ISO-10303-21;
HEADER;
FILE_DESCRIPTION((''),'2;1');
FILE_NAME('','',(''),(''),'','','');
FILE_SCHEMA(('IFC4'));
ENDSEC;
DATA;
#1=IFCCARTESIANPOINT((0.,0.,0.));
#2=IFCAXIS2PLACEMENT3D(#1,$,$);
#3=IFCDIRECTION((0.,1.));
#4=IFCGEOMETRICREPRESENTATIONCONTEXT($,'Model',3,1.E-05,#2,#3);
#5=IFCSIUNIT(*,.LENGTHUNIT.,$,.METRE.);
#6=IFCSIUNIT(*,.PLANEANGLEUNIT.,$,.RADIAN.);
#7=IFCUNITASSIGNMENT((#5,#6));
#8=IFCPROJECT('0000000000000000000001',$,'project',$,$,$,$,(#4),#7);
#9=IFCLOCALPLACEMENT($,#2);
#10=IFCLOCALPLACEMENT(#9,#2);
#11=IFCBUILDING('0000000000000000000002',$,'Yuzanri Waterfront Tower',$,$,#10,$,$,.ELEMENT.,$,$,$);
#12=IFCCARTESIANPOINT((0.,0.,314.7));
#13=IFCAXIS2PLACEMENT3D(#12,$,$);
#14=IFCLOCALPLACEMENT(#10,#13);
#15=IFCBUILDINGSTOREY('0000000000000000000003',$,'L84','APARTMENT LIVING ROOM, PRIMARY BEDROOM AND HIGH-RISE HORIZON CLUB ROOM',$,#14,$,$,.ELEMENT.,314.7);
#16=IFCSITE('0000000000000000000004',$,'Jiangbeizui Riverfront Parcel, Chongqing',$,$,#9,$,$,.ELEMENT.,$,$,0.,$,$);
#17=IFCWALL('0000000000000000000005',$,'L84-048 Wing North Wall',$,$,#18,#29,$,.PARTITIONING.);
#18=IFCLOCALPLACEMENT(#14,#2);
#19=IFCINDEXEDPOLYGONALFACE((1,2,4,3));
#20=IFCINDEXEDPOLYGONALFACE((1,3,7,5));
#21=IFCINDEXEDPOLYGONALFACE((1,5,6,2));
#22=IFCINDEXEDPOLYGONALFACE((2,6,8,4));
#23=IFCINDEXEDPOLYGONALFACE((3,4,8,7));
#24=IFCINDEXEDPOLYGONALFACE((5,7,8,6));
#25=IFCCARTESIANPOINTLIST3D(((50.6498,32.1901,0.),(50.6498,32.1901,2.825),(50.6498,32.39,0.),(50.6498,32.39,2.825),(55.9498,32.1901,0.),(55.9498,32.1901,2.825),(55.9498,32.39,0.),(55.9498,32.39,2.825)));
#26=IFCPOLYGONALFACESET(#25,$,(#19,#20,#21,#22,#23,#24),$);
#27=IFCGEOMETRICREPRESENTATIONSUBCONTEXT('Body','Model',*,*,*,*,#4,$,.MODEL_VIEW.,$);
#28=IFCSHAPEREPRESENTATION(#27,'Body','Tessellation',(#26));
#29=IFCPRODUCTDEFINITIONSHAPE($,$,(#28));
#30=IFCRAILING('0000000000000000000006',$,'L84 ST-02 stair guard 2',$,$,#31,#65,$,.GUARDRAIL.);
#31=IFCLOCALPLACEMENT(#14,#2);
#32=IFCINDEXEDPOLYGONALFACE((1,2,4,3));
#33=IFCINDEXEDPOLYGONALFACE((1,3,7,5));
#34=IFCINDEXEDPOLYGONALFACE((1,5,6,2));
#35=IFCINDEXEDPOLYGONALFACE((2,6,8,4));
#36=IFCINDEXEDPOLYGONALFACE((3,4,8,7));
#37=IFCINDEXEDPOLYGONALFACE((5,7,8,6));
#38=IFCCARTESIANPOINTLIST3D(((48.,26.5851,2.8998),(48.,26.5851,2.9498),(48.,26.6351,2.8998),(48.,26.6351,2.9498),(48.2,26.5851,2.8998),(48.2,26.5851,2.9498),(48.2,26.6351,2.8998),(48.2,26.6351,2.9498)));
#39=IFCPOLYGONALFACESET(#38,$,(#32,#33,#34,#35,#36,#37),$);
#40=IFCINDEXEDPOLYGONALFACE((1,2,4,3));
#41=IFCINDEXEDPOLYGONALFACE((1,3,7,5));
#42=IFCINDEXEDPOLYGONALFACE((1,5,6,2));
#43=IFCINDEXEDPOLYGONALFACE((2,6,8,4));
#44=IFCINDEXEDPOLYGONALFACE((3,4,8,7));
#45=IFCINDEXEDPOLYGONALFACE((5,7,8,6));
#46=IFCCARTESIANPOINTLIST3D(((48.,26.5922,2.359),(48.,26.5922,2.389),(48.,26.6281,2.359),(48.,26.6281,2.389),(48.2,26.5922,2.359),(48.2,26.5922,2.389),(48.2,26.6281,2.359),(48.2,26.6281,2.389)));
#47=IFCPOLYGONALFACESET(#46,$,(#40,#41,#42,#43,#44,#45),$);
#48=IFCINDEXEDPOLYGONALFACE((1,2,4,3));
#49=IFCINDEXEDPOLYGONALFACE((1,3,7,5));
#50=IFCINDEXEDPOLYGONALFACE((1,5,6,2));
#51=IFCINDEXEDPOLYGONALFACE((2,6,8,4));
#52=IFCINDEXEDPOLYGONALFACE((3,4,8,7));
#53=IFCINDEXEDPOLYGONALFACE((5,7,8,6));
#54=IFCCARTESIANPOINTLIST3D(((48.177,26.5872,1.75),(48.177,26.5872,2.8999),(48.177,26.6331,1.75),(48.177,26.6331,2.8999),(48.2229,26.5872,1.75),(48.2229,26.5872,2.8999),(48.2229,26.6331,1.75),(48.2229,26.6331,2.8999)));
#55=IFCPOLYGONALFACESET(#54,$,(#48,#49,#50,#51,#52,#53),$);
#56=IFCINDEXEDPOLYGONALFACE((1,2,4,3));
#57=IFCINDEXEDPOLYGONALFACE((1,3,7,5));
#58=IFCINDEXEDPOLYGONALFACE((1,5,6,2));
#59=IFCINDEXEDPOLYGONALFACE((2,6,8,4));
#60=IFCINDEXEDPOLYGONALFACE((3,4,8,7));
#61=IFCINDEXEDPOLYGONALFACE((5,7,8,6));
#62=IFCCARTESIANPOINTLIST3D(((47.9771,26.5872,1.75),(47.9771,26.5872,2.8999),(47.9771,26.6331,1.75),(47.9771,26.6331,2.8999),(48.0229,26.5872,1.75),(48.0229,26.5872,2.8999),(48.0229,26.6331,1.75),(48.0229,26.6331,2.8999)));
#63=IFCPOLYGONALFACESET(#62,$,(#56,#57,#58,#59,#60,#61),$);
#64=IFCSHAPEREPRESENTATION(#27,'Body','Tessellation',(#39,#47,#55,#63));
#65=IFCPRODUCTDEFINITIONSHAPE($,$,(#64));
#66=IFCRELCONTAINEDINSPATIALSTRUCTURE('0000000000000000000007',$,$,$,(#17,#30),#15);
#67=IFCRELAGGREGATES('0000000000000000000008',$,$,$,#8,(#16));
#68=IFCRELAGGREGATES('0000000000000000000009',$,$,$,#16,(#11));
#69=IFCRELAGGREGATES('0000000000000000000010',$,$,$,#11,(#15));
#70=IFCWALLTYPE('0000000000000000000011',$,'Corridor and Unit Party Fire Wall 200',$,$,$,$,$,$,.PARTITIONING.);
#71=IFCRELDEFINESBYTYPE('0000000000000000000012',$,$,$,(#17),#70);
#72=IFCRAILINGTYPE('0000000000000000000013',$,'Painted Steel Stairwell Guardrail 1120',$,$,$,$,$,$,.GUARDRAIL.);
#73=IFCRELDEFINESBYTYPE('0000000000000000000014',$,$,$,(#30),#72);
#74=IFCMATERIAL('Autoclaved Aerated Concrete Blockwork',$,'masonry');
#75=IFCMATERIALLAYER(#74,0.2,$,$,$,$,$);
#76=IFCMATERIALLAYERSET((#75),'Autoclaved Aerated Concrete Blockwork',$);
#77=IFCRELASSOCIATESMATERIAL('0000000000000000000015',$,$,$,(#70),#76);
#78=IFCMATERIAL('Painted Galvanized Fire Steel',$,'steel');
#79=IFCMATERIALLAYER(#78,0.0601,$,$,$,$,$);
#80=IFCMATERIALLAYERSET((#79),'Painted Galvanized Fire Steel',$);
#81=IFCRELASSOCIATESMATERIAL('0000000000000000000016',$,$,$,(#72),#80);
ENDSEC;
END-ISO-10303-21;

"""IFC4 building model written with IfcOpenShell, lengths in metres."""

from ifc_helpers import new_model, si_unit, direction, frame, frame_2d, origin, origin_2d, place, context, subcontext, project, spatial, rectangle, extrude, source, transform, mapped, material, layer, layer_set, type_object, element, save


model = new_model("IFC4")

# Units and contexts
model_context = context("Model", 3, precision=1e-05, world=origin(), true_north=direction((0.0, 1.0)))
body_context = subcontext(model_context, "Body", "Model", "MODEL_VIEW")
ifc_project = project(units=[si_unit("LENGTHUNIT", "METRE"), si_unit("PLANEANGLEUNIT", "RADIAN")], contexts=[model_context])

# Site, building, storey
site_placement = place(None, origin())
site = spatial("IfcSite", under=ifc_project, at=site_placement, Name="Jiangbeizui Riverfront Parcel, Chongqing", CompositionType="ELEMENT", RefElevation=0.0)
building_placement = place(site_placement, origin())
building = spatial("IfcBuilding", under=site, at=building_placement, Name="Yuzanri Waterfront Tower", CompositionType="ELEMENT")
storey_placement = place(building_placement, frame((0.0, 0.0, 314.7)))
storey = spatial("IfcBuildingStorey", under=building, at=storey_placement, Name="L84", Description="APARTMENT LIVING ROOM, PRIMARY BEDROOM AND HIGH-RISE HORIZON CLUB ROOM", CompositionType="ELEMENT", Elevation=314.7)

# Wall
ifc_material_1 = material(Name="Autoclaved Aerated Concrete Blockwork", Category="masonry")
ifc_layer_1 = layer(ifc_material_1, 0.2)
ifc_layer_set_1 = layer_set([ifc_layer_1], Name="Autoclaved Aerated Concrete Blockwork")
wall_type = type_object("IfcWallType", Name="Corridor and Unit Party Fire Wall 200", PredefinedType="PARTITIONING", material=ifc_layer_set_1)
shared_shape_1 = source(origin(), body_context, "Body", "SweptSolid", [
    extrude(rectangle(XDim=5.3, YDim=0.2, at=frame_2d((2.6499, 0.0))), origin(), (0.0, 0.0, 1.0), 2.825),
])
wall_placement = place(storey_placement, frame((50.6499, 32.29, 0.0), z_axis=(0.0, 0.0, 1.0), x_axis=(1.0, 0.0, 0.0)))
element("IfcWall", 1, at=wall_placement, inside=storey, type_object=wall_type, Name="L84-048 Wing North Wall", PredefinedType="PARTITIONING", context=body_context, shape_type="MappedRepresentation", body=[
    mapped(shared_shape_1, transform((0.0, 0.0, 0.0), scale=1.0)),
])

# Railing
ifc_material_2 = material(Name="Painted Galvanized Fire Steel", Category="steel")
ifc_layer_2 = layer(ifc_material_2, 0.0601)
ifc_layer_set_2 = layer_set([ifc_layer_2], Name="Painted Galvanized Fire Steel")
railing_type = type_object("IfcRailingType", Name="Painted Steel Stairwell Guardrail 1120", PredefinedType="GUARDRAIL", material=ifc_layer_set_2)
shared_shape_2 = source(origin(), body_context, "Body", "SweptSolid", [
    extrude(rectangle(XDim=0.05, YDim=0.05, at=origin_2d()), frame((0.0, 0.0, 1.1748), z_axis=(-1.0, 0.0, 0.0), x_axis=(0.0, -1.0, 0.0)), (0.0, 0.0, 1.0), 0.2),
    extrude(rectangle(XDim=0.0359, YDim=0.03, at=origin_2d()), frame((0.0, 0.0, 0.624), z_axis=(-1.0, 0.0, 0.0), x_axis=(0.0, -1.0, 0.0)), (0.0, 0.0, 1.0), 0.2),
    extrude(rectangle(XDim=0.0459, YDim=0.0459, at=origin_2d()), origin(), (0.0, 0.0, 1.0), 1.1499),
    extrude(rectangle(XDim=0.0459, YDim=0.0459, at=origin_2d()), frame((-0.2, 0.0, 0.0)), (0.0, 0.0, 1.0), 1.1499),
])
railing_placement = place(storey_placement, frame((48.2, 26.6101, 1.75)))
element("IfcRailing", 2, at=railing_placement, inside=storey, type_object=railing_type, Name="L84 ST-02 stair guard 2", PredefinedType="GUARDRAIL", context=body_context, shape_type="MappedRepresentation", body=[
    mapped(shared_shape_2, transform((0.0, 0.0, 0.0), scale=1.0)),
])

save(model, "model.ifc")
